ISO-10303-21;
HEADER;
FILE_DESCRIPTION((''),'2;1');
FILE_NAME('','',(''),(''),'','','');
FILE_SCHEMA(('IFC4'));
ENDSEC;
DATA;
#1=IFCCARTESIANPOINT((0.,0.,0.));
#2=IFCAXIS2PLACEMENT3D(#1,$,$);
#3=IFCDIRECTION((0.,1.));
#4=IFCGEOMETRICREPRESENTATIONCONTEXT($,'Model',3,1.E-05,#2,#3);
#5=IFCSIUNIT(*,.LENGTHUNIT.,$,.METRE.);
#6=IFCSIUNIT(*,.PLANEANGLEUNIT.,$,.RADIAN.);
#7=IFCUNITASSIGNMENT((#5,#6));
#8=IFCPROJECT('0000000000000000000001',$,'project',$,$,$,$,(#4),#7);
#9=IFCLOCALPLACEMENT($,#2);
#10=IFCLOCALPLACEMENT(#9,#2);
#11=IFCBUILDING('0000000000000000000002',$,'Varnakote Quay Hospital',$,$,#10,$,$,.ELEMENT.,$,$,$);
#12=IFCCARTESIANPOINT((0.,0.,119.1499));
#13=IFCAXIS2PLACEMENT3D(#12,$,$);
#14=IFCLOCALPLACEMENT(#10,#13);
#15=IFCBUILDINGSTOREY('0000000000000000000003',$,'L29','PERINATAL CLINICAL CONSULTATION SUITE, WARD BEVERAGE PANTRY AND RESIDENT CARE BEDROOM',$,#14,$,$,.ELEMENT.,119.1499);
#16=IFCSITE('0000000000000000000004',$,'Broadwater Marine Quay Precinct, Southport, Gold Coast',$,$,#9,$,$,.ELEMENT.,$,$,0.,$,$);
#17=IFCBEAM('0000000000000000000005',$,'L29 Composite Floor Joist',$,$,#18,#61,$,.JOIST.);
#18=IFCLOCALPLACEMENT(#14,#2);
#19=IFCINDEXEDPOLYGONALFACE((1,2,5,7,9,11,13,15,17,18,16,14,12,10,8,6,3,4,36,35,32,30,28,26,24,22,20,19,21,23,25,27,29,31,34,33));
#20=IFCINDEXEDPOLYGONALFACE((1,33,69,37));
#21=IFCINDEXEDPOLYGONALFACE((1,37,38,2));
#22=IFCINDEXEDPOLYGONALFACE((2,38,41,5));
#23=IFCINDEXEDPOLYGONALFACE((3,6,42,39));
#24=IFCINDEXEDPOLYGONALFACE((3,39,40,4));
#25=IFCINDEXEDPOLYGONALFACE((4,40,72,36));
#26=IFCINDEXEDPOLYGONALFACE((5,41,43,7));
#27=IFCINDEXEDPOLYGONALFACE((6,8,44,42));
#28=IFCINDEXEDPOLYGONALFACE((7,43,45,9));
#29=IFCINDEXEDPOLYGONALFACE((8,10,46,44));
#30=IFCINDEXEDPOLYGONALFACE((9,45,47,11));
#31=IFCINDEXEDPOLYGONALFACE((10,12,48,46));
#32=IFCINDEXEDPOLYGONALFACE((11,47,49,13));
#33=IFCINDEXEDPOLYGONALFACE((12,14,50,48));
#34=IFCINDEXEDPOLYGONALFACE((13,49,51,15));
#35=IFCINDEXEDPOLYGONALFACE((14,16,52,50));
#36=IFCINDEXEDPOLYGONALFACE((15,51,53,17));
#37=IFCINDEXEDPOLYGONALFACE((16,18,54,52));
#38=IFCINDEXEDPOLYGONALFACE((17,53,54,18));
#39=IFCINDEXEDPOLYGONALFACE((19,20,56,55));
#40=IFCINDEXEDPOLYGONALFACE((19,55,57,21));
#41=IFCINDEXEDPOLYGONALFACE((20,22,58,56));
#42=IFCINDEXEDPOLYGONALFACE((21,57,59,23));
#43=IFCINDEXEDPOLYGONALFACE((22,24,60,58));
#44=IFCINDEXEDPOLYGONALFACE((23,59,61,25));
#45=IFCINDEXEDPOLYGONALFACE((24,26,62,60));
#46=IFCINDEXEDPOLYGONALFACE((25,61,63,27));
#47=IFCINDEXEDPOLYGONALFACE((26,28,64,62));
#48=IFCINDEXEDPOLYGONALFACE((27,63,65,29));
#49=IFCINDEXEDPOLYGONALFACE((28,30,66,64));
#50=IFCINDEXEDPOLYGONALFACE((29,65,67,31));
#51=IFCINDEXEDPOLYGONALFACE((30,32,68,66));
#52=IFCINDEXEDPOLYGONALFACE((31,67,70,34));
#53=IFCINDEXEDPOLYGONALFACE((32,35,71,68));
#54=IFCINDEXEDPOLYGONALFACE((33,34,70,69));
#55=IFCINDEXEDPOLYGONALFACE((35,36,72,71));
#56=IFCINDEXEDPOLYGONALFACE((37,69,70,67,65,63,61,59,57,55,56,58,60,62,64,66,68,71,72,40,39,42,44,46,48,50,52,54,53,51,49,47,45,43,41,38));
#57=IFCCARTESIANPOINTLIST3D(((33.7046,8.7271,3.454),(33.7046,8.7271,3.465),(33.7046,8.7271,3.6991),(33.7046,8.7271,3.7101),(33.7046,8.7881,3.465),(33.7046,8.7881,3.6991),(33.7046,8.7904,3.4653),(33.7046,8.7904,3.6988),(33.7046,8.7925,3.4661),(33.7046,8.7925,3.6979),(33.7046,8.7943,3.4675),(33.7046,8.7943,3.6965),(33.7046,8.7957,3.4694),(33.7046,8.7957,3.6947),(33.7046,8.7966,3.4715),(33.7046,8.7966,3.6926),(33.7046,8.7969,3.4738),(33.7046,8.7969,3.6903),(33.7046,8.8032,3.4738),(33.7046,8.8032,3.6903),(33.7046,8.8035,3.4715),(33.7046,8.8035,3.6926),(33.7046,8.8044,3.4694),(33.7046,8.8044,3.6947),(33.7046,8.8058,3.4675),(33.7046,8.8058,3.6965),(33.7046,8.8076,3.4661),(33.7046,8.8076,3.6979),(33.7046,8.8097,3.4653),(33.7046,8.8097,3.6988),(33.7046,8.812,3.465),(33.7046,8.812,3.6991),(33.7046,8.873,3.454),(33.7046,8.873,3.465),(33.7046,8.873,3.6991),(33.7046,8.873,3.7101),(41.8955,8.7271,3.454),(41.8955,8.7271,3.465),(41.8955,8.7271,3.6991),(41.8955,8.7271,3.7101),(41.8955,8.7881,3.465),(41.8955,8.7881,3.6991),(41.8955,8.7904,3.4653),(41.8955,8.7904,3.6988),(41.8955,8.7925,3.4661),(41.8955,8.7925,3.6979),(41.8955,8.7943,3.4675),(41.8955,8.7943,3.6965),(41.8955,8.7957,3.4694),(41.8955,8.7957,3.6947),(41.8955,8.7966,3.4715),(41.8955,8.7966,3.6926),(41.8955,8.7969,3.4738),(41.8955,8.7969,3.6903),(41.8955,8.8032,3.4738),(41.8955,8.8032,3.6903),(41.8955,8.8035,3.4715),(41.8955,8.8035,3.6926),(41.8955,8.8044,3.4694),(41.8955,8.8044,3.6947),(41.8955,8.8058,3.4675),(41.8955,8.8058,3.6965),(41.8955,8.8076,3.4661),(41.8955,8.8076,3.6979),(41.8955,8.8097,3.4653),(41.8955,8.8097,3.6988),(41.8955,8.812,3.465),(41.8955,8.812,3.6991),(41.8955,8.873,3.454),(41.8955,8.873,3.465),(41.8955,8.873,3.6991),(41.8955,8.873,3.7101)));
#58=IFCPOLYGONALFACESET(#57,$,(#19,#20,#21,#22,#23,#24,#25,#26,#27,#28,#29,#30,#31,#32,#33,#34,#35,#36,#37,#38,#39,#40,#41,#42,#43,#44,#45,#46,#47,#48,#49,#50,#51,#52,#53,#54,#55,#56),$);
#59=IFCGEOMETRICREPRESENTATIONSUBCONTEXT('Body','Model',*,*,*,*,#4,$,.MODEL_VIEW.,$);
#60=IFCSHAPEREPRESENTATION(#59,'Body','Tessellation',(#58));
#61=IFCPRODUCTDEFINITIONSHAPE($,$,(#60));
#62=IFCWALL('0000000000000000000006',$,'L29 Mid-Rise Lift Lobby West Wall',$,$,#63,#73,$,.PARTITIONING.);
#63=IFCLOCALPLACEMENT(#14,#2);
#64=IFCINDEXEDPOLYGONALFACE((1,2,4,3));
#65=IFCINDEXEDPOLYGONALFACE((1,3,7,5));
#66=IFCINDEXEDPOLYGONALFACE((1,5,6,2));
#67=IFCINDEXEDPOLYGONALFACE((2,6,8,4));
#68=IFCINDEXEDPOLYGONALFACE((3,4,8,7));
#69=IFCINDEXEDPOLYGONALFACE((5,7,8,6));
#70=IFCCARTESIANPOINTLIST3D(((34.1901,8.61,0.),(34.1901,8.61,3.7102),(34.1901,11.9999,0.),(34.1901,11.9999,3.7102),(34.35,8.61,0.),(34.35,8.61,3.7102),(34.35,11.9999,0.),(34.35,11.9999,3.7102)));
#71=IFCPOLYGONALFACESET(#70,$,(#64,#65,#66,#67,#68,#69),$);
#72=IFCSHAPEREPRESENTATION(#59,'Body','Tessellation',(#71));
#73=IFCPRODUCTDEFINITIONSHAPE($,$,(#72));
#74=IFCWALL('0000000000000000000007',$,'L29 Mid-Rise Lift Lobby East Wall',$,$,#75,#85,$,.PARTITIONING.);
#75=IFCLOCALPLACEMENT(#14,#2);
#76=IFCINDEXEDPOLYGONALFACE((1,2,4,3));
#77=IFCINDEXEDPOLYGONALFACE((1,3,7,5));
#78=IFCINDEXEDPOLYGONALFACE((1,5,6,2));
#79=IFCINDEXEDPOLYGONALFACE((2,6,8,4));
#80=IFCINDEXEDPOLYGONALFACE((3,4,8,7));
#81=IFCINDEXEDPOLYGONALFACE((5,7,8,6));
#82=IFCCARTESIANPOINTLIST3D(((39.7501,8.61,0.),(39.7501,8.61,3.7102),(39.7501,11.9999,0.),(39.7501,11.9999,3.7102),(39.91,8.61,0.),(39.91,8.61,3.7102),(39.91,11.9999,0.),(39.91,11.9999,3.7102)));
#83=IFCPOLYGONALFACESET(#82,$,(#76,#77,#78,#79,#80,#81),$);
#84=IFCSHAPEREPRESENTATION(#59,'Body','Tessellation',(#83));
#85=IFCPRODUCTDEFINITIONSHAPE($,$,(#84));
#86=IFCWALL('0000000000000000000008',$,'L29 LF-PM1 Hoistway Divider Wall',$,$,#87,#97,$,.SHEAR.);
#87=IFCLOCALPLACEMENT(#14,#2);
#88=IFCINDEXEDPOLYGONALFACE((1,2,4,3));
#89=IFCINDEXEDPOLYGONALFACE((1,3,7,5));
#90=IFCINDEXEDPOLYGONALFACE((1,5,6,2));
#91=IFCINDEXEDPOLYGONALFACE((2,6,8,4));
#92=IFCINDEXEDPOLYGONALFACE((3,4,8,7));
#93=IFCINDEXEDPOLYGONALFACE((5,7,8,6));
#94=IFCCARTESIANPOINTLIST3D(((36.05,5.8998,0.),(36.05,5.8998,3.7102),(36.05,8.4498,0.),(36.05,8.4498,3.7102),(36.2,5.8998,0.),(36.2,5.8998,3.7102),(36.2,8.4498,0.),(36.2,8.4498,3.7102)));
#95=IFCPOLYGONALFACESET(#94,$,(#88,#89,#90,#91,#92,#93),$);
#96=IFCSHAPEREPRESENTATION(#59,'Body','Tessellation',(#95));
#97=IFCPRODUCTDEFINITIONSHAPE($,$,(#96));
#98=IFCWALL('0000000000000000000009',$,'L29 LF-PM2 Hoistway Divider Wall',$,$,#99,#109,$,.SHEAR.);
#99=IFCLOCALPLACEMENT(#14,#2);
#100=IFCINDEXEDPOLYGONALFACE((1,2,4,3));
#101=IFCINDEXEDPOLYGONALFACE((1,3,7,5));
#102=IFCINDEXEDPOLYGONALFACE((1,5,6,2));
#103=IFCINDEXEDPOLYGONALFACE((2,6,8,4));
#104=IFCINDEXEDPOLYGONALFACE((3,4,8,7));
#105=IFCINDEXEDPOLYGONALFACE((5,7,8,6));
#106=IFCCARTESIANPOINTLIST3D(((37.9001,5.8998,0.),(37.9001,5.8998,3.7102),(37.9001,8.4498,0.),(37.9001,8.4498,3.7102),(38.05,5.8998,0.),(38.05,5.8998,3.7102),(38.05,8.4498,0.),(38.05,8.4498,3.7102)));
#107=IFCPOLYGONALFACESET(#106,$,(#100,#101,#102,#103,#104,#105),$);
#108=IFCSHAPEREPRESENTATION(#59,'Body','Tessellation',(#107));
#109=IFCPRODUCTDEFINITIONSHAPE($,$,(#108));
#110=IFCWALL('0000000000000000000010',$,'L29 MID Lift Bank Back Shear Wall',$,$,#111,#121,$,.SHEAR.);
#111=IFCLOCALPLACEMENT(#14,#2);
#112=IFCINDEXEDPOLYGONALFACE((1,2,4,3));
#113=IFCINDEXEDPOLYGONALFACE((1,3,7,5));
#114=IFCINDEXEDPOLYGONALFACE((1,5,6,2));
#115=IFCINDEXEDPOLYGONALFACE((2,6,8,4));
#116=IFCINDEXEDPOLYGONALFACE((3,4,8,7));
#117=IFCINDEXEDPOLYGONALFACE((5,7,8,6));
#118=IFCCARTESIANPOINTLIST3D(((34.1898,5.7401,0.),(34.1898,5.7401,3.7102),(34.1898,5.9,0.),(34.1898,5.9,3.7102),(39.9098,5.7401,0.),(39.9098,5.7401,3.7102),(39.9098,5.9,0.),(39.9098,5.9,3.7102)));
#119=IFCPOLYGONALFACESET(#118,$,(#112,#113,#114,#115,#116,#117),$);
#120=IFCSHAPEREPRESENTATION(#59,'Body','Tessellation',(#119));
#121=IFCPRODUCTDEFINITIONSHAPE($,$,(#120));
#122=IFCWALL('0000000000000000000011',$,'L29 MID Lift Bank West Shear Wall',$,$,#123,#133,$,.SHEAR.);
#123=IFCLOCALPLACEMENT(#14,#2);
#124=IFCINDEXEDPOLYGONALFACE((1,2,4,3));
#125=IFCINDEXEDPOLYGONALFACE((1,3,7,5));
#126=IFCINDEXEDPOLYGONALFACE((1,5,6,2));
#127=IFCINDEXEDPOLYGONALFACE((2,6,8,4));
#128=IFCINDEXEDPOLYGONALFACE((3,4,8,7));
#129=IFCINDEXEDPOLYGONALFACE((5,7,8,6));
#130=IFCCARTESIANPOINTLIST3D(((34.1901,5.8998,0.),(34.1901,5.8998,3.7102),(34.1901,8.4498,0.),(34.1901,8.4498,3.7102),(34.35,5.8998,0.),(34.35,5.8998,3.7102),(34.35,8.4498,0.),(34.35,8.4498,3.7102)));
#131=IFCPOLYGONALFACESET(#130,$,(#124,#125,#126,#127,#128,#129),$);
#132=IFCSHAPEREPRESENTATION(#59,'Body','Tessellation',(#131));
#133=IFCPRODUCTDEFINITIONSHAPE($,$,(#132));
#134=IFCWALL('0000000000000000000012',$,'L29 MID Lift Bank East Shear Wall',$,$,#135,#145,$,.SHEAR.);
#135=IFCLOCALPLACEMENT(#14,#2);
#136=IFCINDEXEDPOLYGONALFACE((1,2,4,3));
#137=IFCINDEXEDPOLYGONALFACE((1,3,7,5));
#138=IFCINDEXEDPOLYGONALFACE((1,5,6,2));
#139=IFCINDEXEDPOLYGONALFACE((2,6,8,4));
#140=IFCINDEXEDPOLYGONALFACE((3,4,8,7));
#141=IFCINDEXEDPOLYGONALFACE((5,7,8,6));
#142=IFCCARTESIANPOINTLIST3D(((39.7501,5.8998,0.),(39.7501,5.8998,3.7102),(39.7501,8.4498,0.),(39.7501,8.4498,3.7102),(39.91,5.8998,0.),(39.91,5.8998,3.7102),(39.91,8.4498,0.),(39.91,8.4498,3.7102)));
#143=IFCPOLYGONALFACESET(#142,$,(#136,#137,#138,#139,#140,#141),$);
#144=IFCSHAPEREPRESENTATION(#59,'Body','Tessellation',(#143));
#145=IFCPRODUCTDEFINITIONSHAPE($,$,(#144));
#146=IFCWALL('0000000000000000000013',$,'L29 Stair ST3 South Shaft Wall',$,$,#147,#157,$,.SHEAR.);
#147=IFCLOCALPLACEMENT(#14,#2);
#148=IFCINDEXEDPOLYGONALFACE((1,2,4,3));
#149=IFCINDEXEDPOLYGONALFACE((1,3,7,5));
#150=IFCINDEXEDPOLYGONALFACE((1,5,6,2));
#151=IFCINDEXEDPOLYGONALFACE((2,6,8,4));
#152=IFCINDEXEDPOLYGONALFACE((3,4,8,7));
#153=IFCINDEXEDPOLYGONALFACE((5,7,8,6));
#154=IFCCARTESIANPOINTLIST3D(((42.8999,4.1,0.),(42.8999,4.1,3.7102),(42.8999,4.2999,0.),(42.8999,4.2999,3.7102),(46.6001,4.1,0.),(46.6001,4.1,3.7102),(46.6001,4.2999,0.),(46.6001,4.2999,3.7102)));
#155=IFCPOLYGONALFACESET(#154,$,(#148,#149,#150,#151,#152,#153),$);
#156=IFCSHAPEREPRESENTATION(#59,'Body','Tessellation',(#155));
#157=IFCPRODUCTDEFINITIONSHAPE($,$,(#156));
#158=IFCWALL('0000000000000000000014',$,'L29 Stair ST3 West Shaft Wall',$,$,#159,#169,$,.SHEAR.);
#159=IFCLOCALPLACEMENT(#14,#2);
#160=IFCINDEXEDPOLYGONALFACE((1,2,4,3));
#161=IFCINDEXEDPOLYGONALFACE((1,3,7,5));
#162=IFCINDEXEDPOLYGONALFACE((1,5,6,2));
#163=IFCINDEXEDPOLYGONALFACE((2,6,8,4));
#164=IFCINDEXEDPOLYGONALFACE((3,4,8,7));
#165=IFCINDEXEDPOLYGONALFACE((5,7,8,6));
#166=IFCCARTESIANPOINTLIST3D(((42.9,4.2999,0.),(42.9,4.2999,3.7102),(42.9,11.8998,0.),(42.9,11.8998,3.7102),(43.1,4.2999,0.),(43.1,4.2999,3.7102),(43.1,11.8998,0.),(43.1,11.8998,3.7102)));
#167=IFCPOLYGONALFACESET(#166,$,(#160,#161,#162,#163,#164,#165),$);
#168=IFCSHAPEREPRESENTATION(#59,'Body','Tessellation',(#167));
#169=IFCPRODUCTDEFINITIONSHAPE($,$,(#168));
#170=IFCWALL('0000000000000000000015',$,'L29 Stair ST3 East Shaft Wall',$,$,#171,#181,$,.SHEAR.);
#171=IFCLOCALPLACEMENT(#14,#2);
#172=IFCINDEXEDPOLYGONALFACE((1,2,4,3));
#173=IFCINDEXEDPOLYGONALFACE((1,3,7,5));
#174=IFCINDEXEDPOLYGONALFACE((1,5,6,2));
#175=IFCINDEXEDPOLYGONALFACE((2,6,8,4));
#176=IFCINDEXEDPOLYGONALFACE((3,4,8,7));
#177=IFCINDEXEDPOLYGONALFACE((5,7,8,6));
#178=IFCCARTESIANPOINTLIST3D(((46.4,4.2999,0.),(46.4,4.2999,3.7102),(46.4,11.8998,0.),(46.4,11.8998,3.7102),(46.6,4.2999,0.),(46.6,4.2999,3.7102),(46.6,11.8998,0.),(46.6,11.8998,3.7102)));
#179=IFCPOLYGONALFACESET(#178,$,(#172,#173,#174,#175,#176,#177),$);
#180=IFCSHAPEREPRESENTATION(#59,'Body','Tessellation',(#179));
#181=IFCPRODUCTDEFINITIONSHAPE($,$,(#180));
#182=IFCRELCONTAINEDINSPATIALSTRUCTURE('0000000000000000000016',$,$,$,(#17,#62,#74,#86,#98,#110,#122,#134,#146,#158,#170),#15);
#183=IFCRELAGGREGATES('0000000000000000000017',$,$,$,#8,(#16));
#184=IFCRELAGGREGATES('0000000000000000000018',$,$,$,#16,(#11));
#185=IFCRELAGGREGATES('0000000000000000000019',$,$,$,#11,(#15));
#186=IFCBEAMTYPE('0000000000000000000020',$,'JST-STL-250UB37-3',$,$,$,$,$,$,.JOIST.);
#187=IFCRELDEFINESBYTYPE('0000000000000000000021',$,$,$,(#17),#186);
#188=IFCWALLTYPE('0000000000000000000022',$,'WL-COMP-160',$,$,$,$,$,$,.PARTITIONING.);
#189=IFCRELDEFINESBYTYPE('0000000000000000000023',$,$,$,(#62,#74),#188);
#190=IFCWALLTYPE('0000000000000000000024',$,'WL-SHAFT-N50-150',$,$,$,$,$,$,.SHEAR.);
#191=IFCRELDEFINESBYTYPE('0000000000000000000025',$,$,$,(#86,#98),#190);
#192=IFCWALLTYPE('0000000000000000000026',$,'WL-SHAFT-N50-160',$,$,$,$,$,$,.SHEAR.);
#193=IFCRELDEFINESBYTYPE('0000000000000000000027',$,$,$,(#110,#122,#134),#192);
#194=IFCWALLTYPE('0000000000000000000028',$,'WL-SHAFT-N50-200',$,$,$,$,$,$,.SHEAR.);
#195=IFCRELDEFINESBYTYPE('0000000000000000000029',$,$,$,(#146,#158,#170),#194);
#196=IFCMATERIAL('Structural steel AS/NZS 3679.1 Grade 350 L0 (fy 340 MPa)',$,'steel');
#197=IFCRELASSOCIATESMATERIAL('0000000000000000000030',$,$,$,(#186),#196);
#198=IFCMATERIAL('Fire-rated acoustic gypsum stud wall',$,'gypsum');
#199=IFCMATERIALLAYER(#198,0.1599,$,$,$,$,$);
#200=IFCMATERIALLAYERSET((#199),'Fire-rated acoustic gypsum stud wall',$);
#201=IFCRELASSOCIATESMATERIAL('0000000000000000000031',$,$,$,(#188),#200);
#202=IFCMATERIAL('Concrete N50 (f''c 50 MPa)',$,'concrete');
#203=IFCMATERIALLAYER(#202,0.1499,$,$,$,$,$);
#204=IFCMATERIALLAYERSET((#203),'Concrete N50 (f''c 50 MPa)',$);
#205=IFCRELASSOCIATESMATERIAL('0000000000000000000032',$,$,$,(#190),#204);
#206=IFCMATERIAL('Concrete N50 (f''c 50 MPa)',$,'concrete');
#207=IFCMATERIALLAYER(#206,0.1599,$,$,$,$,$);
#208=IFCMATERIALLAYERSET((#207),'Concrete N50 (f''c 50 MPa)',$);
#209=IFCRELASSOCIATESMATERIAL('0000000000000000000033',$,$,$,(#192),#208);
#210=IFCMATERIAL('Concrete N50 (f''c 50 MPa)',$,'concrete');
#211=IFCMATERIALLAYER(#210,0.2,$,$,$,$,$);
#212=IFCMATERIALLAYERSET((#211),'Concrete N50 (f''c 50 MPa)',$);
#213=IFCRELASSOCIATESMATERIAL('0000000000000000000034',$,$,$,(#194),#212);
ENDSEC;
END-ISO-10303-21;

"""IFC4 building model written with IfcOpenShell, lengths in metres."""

from ifc_helpers import new_model, si_unit, direction, frame, frame_2d, origin, origin_2d, place, context, subcontext, project, spatial, rectangle, i_section, extrude, material, layer, layer_set, material_profile, profile_set, type_object, element, save


model = new_model("IFC4")

# Units and contexts
model_context = context("Model", 3, precision=1e-05, world=origin(), true_north=direction((0.0, 1.0)))
body_context = subcontext(model_context, "Body", "Model", "MODEL_VIEW")
ifc_project = project(units=[si_unit("LENGTHUNIT", "METRE"), si_unit("PLANEANGLEUNIT", "RADIAN")], contexts=[model_context])

# Site, building, storey
site_placement = place(None, origin())
site = spatial("IfcSite", under=ifc_project, at=site_placement, Name="Broadwater Marine Quay Precinct, Southport, Gold Coast", CompositionType="ELEMENT", RefElevation=0.0)
building_placement = place(site_placement, origin())
building = spatial("IfcBuilding", under=site, at=building_placement, Name="Varnakote Quay Hospital", CompositionType="ELEMENT")
storey_placement = place(building_placement, frame((0.0, 0.0, 119.1499)))
storey = spatial("IfcBuildingStorey", under=building, at=storey_placement, Name="L29", Description="PERINATAL CLINICAL CONSULTATION SUITE, WARD BEVERAGE PANTRY AND RESIDENT CARE BEDROOM", CompositionType="ELEMENT", Elevation=119.1499)

# Beam
ifc_material_1 = material(Name="Structural steel AS/NZS 3679.1 Grade 350 L0 (fy 340 MPa)", Category="steel")
ifc_material_profile_1 = material_profile(ifc_material_1, i_section(OverallWidth=0.146, OverallDepth=0.2561, WebThickness=0.0063, FlangeThickness=0.011, FilletRadius=0.0088, at=origin_2d()), Name="250UB37.3")
ifc_profile_set_1 = profile_set([ifc_material_profile_1], Name="Structural steel AS/NZS 3679.1 Grade 350 L0 (fy 340 MPa)")
beam_type_1 = type_object("IfcBeamType", Name="JST-STL-250UB37-3", PredefinedType="JOIST", material=ifc_profile_set_1)
beam_placement = place(storey_placement, frame((33.7046, 8.8, 3.582), z_axis=(1.0, 0.0, 0.0), x_axis=(0.0, 1.0, 0.0)))
element("IfcBeam", 1, at=beam_placement, inside=storey, type_object=beam_type_1, Name="L29 Composite Floor Joist", PredefinedType="JOIST", context=body_context, shape_type="SweptSolid", body=[
    extrude(i_section(OverallWidth=0.146, OverallDepth=0.2561, WebThickness=0.0063, FlangeThickness=0.011, FilletRadius=0.0088, at=origin_2d()), origin(), (0.0, 0.0, 1.0), 8.1909),
])

# Walls
ifc_material_2 = material(Name="Fire-rated acoustic gypsum stud wall", Category="gypsum")
ifc_layer_1 = layer(ifc_material_2, 0.1599)
ifc_layer_set_1 = layer_set([ifc_layer_1], Name="Fire-rated acoustic gypsum stud wall")
wall_type_1 = type_object("IfcWallType", Name="WL-COMP-160", PredefinedType="PARTITIONING", material=ifc_layer_set_1)
for number, where, z_axis, x_axis, name in (
    (2, (34.27, 8.6101, 0.0), (0.0, 0.0, 1.0), (0.0, 1.0, 0.0), "L29 Mid-Rise Lift Lobby West Wall"),
    (3, (39.8301, 8.6101, 0.0), (0.0, 0.0, 1.0), (0.0, 1.0, 0.0), "L29 Mid-Rise Lift Lobby East Wall"),
):
    element("IfcWall", number, at=place(storey_placement, frame(where, z_axis=z_axis, x_axis=x_axis)), inside=storey, type_object=wall_type_1, Name=name, PredefinedType="PARTITIONING", context=body_context, shape_type="SweptSolid", body=[
        extrude(rectangle(XDim=3.3899, YDim=0.1599, at=frame_2d((1.6948, 0.0))), origin(), (0.0, 0.0, 1.0), 3.7102),
    ])
ifc_material_3 = material(Name="Concrete N50 (f'c 50 MPa)", Category="concrete")
ifc_layer_2 = layer(ifc_material_3, 0.1499)
ifc_layer_set_2 = layer_set([ifc_layer_2], Name="Concrete N50 (f'c 50 MPa)")
wall_type_2 = type_object("IfcWallType", Name="WL-SHAFT-N50-150", PredefinedType="SHEAR", material=ifc_layer_set_2)
for number, where, z_axis, x_axis, name in (
    (4, (36.125, 5.8999, 0.0), (0.0, 0.0, 1.0), (0.0, 1.0, 0.0), "L29 LF-PM1 Hoistway Divider Wall"),
    (5, (37.9751, 5.8999, 0.0), (0.0, 0.0, 1.0), (0.0, 1.0, 0.0), "L29 LF-PM2 Hoistway Divider Wall"),
):
    element("IfcWall", number, at=place(storey_placement, frame(where, z_axis=z_axis, x_axis=x_axis)), inside=storey, type_object=wall_type_2, Name=name, PredefinedType="SHEAR", context=body_context, shape_type="SweptSolid", body=[
        extrude(rectangle(XDim=2.55, YDim=0.1499, at=frame_2d((1.2749, 0.0))), origin(), (0.0, 0.0, 1.0), 3.7102),
    ])
ifc_material_4 = material(Name="Concrete N50 (f'c 50 MPa)", Category="concrete")
ifc_layer_3 = layer(ifc_material_4, 0.1599)
ifc_layer_set_3 = layer_set([ifc_layer_3], Name="Concrete N50 (f'c 50 MPa)")
wall_type_3 = type_object("IfcWallType", Name="WL-SHAFT-N50-160", PredefinedType="SHEAR", material=ifc_layer_set_3)
wall_1_placement = place(storey_placement, frame((34.1899, 5.8201, 0.0), z_axis=(0.0, 0.0, 1.0), x_axis=(1.0, 0.0, 0.0)))
element("IfcWall", 6, at=wall_1_placement, inside=storey, type_object=wall_type_3, Name="L29 MID Lift Bank Back Shear Wall", PredefinedType="SHEAR", context=body_context, shape_type="SweptSolid", body=[
    extrude(rectangle(XDim=5.72, YDim=0.1599, at=frame_2d((2.8599, 0.0))), origin(), (0.0, 0.0, 1.0), 3.7102),
])
for number, where, z_axis, x_axis, name in (
    (7, (34.27, 5.8999, 0.0), (0.0, 0.0, 1.0), (0.0, 1.0, 0.0), "L29 MID Lift Bank West Shear Wall"),
    (8, (39.8301, 5.8999, 0.0), (0.0, 0.0, 1.0), (0.0, 1.0, 0.0), "L29 MID Lift Bank East Shear Wall"),
):
    element("IfcWall", number, at=place(storey_placement, frame(where, z_axis=z_axis, x_axis=x_axis)), inside=storey, type_object=wall_type_3, Name=name, PredefinedType="SHEAR", context=body_context, shape_type="SweptSolid", body=[
        extrude(rectangle(XDim=2.55, YDim=0.1599, at=frame_2d((1.2749, 0.0))), origin(), (0.0, 0.0, 1.0), 3.7102),
    ])

# Walls
ifc_material_5 = material(Name="Concrete N50 (f'c 50 MPa)", Category="concrete")
ifc_layer_4 = layer(ifc_material_5, 0.2)
ifc_layer_set_4 = layer_set([ifc_layer_4], Name="Concrete N50 (f'c 50 MPa)")
wall_type_4 = type_object("IfcWallType", Name="WL-SHAFT-N50-200", PredefinedType="SHEAR", material=ifc_layer_set_4)
wall_2_placement = place(storey_placement, frame((42.8999, 4.2, 0.0), z_axis=(0.0, 0.0, 1.0), x_axis=(1.0, 0.0, 0.0)))
element("IfcWall", 9, at=wall_2_placement, inside=storey, type_object=wall_type_4, Name="L29 Stair ST3 South Shaft Wall", PredefinedType="SHEAR", context=body_context, shape_type="SweptSolid", body=[
    extrude(rectangle(XDim=3.7002, YDim=0.2, at=frame_2d((1.8501, 0.0))), origin(), (0.0, 0.0, 1.0), 3.7102),
])
for number, where, z_axis, x_axis, name in (
    (10, (43.0, 4.3, 0.0), (0.0, 0.0, 1.0), (0.0, 1.0, 0.0), "L29 Stair ST3 West Shaft Wall"),
    (11, (46.5, 4.3, 0.0), (0.0, 0.0, 1.0), (0.0, 1.0, 0.0), "L29 Stair ST3 East Shaft Wall"),
):
    element("IfcWall", number, at=place(storey_placement, frame(where, z_axis=z_axis, x_axis=x_axis)), inside=storey, type_object=wall_type_4, Name=name, PredefinedType="SHEAR", context=body_context, shape_type="SweptSolid", body=[
        extrude(rectangle(XDim=7.5999, YDim=0.2, at=frame_2d((3.7998, 0.0))), origin(), (0.0, 0.0, 1.0), 3.7102),
    ])

save(model, "model.ifc")
